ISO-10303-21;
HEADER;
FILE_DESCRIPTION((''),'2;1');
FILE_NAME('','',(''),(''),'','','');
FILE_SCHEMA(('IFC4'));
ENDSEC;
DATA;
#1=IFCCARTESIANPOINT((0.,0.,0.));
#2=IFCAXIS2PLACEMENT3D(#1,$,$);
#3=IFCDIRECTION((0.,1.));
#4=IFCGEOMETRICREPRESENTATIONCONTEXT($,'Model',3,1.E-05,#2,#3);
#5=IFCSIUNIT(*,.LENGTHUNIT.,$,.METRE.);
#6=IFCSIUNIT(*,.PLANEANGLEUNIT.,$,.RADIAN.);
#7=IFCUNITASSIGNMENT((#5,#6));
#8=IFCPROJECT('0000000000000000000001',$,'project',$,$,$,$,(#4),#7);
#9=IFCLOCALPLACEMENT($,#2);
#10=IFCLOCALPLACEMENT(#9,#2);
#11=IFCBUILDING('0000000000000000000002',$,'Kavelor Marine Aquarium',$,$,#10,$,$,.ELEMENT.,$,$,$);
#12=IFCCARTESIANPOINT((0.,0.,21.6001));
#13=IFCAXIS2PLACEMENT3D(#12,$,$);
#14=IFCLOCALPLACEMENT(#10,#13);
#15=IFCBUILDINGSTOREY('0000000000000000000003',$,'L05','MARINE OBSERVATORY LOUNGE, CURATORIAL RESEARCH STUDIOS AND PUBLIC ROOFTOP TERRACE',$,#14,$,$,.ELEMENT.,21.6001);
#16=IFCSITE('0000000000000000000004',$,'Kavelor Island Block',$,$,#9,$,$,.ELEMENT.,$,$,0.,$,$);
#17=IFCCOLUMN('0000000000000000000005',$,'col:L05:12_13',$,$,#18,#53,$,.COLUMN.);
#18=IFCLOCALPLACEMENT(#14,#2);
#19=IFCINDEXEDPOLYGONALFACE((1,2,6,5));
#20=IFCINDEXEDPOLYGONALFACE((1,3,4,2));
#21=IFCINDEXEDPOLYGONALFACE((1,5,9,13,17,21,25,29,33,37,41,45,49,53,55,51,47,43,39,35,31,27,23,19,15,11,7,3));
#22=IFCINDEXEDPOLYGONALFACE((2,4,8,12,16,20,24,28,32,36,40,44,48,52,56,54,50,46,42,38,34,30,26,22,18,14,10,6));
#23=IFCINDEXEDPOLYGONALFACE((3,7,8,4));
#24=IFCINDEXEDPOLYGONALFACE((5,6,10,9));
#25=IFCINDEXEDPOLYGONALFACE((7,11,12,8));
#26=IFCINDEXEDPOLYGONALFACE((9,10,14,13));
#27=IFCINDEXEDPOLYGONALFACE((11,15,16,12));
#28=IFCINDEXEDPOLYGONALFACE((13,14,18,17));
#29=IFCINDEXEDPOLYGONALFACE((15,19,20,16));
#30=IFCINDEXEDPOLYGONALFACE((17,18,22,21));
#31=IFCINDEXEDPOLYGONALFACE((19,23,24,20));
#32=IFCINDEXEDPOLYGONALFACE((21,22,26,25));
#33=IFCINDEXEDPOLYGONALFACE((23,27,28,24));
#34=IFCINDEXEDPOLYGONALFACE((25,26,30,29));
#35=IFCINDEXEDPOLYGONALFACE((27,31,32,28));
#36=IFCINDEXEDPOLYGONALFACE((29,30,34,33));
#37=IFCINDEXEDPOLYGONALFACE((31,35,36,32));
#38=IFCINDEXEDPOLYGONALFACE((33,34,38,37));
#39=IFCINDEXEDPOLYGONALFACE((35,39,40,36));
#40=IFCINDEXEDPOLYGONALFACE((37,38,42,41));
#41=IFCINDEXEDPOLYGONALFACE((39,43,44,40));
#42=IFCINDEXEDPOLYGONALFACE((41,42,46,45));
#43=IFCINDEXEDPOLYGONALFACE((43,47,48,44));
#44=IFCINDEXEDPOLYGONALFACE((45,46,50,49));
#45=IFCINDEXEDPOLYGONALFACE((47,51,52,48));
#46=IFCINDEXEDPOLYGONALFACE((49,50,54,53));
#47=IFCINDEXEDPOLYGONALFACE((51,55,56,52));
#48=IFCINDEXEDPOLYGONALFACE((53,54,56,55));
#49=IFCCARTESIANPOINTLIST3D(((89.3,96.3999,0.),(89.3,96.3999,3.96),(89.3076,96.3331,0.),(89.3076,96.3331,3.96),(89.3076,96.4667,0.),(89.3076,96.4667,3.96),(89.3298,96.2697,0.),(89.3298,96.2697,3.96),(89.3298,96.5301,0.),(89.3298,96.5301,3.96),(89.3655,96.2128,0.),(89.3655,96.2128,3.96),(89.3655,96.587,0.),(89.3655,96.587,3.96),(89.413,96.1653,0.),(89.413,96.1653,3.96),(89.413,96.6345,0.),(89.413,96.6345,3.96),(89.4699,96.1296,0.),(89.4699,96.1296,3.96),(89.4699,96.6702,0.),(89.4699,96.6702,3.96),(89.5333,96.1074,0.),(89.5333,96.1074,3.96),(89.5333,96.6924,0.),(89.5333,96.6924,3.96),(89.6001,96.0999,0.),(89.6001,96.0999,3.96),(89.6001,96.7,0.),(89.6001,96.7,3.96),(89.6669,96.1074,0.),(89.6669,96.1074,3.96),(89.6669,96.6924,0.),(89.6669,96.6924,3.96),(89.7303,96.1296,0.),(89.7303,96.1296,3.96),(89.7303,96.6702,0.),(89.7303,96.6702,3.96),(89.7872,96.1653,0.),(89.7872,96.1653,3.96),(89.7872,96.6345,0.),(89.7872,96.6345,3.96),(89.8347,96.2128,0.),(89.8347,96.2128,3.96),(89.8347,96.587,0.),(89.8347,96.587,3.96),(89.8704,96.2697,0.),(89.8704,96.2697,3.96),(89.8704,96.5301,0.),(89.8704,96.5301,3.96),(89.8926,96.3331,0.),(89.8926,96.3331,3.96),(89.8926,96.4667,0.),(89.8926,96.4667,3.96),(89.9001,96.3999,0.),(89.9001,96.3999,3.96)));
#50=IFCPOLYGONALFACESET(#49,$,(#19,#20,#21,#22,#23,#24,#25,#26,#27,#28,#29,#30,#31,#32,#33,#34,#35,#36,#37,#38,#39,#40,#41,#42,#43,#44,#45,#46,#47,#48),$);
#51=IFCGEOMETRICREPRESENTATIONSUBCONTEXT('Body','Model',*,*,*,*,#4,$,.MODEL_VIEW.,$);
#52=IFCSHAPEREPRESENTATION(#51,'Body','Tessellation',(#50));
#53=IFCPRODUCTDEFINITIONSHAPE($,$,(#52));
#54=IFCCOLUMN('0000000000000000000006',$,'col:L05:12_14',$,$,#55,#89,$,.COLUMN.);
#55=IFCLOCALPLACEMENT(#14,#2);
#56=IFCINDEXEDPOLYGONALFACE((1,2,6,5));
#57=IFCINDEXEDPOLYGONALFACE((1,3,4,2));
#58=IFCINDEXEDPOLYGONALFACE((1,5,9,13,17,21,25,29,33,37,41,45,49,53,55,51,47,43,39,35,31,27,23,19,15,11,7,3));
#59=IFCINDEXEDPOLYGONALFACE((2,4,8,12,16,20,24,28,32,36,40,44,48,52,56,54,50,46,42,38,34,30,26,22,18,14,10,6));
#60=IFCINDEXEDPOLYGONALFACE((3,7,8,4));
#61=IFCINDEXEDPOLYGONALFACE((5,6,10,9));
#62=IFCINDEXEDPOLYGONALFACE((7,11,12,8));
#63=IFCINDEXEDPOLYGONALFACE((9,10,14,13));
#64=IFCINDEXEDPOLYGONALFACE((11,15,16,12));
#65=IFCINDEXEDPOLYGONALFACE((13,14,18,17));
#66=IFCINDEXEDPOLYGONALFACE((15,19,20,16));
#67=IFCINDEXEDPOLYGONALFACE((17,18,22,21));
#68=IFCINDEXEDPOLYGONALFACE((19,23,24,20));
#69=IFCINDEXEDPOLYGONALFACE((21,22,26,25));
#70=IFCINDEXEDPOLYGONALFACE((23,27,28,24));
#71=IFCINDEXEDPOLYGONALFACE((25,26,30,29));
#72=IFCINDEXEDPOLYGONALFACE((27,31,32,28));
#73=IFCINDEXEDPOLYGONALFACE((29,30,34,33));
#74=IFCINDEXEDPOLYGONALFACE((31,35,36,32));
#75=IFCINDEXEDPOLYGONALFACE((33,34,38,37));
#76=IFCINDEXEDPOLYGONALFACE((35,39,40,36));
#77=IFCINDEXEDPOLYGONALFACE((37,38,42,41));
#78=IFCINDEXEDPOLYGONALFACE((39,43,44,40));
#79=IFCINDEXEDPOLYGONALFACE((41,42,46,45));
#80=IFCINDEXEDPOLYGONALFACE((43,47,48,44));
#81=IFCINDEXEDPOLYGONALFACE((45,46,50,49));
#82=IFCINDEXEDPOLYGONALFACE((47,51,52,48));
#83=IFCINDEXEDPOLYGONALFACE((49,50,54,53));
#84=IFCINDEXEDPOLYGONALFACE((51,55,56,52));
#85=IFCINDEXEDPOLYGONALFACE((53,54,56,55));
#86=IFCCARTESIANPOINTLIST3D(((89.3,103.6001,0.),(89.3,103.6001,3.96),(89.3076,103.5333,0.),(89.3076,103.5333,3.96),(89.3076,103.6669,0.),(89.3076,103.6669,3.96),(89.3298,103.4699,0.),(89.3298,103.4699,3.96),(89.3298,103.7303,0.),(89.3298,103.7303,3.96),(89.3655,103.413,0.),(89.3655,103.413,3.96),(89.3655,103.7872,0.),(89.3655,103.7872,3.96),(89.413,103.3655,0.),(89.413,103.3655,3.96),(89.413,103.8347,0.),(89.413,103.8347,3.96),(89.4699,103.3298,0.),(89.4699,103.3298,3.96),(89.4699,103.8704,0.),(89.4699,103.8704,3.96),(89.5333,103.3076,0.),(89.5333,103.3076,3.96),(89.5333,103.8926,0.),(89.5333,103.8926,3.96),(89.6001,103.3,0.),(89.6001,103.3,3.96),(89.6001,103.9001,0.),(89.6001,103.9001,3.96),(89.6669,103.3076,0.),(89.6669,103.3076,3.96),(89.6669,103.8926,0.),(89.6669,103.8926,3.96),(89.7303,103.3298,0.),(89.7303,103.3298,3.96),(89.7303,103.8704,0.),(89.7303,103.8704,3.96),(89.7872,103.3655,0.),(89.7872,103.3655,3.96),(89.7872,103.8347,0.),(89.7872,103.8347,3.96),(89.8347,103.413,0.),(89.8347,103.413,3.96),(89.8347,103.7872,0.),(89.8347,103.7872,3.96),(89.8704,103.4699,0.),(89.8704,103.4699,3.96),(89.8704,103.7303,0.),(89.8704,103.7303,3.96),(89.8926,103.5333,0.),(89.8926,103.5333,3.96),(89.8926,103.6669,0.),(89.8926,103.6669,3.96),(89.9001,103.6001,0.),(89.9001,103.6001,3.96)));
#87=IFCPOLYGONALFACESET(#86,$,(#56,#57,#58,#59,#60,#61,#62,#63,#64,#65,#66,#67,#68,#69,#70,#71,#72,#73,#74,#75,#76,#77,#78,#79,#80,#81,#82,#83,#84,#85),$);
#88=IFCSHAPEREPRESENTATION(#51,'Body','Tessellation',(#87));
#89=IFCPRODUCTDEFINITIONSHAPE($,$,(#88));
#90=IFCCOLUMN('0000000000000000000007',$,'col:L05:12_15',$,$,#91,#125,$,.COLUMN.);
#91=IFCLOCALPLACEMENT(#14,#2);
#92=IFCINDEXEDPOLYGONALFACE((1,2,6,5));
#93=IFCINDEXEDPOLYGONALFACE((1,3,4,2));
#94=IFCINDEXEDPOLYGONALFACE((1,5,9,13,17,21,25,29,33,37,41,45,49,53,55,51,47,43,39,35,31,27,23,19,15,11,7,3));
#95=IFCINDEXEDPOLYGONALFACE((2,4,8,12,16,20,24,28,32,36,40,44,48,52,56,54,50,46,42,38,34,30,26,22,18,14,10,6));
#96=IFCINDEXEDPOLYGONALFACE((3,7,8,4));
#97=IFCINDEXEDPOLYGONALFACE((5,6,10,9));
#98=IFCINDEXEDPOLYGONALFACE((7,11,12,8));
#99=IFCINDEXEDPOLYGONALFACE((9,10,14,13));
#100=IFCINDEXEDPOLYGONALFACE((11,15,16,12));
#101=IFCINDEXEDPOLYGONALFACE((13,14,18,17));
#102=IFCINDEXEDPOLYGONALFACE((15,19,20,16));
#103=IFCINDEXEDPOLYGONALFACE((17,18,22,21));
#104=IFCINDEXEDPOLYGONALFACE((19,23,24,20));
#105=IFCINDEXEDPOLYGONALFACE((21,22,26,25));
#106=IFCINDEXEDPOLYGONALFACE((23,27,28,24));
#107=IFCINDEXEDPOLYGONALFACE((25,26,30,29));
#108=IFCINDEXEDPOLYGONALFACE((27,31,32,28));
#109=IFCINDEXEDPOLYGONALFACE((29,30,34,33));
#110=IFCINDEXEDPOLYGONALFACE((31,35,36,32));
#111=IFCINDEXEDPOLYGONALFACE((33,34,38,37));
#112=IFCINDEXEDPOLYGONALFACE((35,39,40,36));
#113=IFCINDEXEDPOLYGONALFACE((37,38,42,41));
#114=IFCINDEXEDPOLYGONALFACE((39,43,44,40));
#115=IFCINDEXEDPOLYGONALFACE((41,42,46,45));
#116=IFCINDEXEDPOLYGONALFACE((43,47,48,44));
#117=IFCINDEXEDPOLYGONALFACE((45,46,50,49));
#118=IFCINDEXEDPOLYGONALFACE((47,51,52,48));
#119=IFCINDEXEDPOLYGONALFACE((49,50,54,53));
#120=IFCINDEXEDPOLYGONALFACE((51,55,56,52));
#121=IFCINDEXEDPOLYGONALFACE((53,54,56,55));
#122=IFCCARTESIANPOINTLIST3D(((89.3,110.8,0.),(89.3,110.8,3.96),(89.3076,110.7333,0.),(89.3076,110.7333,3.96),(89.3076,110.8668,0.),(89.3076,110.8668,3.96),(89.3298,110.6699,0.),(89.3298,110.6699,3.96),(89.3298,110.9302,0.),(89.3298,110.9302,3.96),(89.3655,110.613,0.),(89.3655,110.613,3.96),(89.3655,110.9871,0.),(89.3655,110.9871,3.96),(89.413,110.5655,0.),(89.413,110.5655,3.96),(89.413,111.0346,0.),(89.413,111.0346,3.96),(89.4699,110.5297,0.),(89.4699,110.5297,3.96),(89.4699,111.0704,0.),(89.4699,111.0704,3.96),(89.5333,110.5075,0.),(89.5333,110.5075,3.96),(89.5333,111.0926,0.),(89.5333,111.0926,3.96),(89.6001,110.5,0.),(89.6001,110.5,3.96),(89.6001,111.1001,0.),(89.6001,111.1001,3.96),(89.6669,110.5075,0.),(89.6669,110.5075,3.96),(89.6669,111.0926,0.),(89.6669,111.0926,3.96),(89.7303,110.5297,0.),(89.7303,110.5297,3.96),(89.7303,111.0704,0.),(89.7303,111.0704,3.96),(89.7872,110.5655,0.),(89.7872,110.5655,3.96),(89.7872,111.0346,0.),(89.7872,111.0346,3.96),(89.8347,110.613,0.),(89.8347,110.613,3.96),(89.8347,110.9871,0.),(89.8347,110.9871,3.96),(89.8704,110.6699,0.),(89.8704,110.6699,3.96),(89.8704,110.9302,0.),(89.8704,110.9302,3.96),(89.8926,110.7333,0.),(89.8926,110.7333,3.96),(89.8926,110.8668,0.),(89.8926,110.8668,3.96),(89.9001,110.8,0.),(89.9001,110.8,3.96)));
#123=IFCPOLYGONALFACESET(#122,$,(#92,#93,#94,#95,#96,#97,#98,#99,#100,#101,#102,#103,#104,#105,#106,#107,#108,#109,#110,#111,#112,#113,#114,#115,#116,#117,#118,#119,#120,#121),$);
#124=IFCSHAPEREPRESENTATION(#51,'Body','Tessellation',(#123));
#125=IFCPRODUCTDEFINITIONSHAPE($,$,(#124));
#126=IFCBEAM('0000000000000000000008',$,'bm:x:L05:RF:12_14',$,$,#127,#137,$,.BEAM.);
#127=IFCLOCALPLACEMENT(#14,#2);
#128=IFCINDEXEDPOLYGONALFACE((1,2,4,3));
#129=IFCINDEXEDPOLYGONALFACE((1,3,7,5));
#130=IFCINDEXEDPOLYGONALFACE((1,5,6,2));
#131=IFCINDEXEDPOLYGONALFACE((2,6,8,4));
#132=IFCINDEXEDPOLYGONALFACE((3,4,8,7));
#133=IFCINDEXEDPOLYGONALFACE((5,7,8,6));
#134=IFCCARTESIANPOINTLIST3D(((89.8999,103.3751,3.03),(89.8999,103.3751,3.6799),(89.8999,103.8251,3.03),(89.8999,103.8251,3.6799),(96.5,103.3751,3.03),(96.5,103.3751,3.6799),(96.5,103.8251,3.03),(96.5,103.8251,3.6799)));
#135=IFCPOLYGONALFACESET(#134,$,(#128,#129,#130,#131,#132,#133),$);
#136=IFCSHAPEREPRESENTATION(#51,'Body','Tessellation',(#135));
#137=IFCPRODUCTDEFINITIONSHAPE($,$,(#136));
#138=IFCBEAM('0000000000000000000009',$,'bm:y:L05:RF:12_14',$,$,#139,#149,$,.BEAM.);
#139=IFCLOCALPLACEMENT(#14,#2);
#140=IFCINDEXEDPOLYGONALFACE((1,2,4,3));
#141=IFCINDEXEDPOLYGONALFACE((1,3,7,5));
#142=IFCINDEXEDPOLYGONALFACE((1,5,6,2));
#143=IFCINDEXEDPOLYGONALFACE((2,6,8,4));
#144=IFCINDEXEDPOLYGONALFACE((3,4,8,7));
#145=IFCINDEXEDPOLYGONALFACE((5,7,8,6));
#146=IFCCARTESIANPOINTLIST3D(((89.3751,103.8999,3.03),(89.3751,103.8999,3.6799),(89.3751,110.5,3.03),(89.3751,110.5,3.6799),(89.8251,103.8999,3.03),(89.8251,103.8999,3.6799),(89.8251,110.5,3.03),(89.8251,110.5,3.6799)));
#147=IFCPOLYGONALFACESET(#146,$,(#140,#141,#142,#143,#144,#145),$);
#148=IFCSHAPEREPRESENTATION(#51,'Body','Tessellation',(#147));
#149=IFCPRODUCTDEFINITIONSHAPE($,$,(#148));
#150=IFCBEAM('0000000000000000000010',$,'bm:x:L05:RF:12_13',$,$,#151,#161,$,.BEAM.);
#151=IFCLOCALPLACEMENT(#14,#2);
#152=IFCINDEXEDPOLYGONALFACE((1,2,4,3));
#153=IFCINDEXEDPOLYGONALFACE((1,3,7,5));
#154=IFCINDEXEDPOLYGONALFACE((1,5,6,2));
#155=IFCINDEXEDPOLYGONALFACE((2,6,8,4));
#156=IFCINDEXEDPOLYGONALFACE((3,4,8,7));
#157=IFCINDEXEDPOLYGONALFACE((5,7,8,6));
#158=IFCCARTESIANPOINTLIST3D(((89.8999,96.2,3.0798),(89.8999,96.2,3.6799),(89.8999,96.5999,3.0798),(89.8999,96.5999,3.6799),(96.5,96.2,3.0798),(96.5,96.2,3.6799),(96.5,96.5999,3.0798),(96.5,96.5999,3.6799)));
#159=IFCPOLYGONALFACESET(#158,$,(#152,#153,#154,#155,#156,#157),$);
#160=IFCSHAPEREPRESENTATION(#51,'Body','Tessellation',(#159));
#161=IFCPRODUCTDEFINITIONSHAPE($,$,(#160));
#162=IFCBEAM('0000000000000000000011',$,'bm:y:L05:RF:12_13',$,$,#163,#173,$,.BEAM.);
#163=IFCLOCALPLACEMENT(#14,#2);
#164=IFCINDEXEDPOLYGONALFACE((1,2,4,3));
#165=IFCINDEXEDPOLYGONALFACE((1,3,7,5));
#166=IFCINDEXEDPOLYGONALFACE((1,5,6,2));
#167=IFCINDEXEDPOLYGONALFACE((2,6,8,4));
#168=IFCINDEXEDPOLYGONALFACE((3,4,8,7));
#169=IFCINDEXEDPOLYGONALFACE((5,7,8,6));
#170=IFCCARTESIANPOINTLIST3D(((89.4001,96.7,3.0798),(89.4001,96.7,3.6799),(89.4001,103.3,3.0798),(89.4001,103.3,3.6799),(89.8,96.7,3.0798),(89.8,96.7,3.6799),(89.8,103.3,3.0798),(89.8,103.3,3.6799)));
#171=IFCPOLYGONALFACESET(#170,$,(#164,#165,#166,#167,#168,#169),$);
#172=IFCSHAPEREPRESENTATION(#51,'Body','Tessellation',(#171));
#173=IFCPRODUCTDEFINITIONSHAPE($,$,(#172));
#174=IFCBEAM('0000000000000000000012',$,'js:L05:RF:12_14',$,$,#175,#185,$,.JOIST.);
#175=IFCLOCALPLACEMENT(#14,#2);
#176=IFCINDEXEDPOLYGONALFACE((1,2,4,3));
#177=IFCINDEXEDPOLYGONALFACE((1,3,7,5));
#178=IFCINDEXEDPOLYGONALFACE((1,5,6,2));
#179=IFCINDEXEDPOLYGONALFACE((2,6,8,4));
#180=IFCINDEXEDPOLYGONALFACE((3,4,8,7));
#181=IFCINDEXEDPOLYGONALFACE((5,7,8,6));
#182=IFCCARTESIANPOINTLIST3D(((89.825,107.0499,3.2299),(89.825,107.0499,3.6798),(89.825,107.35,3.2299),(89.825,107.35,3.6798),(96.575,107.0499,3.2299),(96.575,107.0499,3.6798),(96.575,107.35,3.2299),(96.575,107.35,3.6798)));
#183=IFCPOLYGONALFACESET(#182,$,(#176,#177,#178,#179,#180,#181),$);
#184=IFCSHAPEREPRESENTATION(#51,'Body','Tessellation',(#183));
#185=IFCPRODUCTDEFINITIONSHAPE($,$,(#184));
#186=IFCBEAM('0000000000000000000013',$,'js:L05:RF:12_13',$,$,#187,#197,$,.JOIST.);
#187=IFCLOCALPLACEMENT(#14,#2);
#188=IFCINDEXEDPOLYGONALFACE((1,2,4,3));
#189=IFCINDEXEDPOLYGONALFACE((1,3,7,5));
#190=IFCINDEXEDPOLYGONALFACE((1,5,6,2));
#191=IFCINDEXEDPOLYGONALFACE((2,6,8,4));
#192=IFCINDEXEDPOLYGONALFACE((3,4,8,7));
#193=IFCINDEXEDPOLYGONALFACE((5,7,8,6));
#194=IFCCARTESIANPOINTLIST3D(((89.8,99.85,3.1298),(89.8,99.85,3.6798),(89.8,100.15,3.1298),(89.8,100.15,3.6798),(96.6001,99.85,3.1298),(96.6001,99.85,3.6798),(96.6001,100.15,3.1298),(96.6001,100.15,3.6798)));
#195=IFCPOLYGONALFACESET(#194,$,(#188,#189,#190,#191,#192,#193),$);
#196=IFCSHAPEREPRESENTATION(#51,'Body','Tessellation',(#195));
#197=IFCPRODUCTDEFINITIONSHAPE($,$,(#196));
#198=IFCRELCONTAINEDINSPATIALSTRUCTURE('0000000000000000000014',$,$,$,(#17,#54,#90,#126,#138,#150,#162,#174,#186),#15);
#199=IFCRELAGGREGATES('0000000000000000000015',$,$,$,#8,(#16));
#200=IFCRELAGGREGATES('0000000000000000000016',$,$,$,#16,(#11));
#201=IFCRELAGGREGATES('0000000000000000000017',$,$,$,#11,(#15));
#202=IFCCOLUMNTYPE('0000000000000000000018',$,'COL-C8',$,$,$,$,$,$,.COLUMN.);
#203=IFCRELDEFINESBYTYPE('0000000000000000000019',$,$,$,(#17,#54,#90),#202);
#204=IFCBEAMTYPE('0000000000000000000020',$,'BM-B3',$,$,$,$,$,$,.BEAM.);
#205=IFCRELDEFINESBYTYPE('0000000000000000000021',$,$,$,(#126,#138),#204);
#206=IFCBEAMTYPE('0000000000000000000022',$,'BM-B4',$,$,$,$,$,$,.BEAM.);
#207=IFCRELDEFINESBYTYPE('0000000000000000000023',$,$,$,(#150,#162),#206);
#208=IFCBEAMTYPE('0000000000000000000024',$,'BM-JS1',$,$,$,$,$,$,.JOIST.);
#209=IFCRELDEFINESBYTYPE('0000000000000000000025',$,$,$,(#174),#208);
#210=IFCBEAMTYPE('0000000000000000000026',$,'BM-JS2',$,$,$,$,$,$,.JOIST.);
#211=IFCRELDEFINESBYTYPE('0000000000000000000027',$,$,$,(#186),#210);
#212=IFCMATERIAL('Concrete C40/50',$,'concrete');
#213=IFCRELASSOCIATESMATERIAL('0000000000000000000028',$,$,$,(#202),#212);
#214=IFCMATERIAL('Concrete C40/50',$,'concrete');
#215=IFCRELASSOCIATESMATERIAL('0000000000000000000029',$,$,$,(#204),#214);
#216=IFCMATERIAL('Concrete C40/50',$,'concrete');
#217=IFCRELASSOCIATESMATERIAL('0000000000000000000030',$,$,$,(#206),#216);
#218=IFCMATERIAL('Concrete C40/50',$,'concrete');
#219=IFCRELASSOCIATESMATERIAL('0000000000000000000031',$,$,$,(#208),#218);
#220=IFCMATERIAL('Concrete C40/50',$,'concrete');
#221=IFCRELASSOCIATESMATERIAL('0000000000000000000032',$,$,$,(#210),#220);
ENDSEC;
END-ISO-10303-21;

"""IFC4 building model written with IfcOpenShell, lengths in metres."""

from ifc_helpers import new_model, si_unit, direction, frame, origin, origin_2d, place, context, subcontext, project, spatial, rectangle, circle, extrude, material, material_profile, profile_set, type_object, element, save


model = new_model("IFC4")

# Units and contexts
model_context = context("Model", 3, precision=1e-05, world=origin(), true_north=direction((0.0, 1.0)))
body_context = subcontext(model_context, "Body", "Model", "MODEL_VIEW")
ifc_project = project(units=[si_unit("LENGTHUNIT", "METRE"), si_unit("PLANEANGLEUNIT", "RADIAN")], contexts=[model_context])

# Site, building, storey
site_placement = place(None, origin())
site = spatial("IfcSite", under=ifc_project, at=site_placement, Name="Kavelor Island Block", CompositionType="ELEMENT", RefElevation=0.0)
building_placement = place(site_placement, origin())
building = spatial("IfcBuilding", under=site, at=building_placement, Name="Kavelor Marine Aquarium", CompositionType="ELEMENT")
storey_placement = place(building_placement, frame((0.0, 0.0, 21.6001)))
storey = spatial("IfcBuildingStorey", under=building, at=storey_placement, Name="L05", Description="MARINE OBSERVATORY LOUNGE, CURATORIAL RESEARCH STUDIOS AND PUBLIC ROOFTOP TERRACE", CompositionType="ELEMENT", Elevation=21.6001)

# Columns
ifc_material_1 = material(Name="Concrete C40/50", Category="concrete")
ifc_material_profile_1 = material_profile(ifc_material_1, circle(Radius=0.3, at=origin_2d()), Name="RC-COL D600")
ifc_profile_set_1 = profile_set([ifc_material_profile_1], Name="Concrete C40/50")
column_type = type_object("IfcColumnType", Name="COL-C8", PredefinedType="COLUMN", material=ifc_profile_set_1)
for number, where, z_axis, x_axis, name in (
    (1, (89.6001, 96.3999, 0.0), (0.0, 0.0, 1.0), (1.0, 0.0, 0.0), "col:L05:12_13"),
    (2, (89.6001, 103.6001, 0.0), (0.0, 0.0, 1.0), (1.0, 0.0, 0.0), "col:L05:12_14"),
    (3, (89.6001, 110.8, 0.0), (0.0, 0.0, 1.0), (1.0, 0.0, 0.0), "col:L05:12_15"),
):
    element("IfcColumn", number, at=place(storey_placement, frame(where, z_axis=z_axis, x_axis=x_axis)), inside=storey, type_object=column_type, Name=name, PredefinedType="COLUMN", context=body_context, shape_type="SweptSolid", body=[
        extrude(circle(Radius=0.3, at=origin_2d()), origin(), (0.0, 0.0, 1.0), 3.96),
    ])

# Beams
ifc_material_2 = material(Name="Concrete C40/50", Category="concrete")
ifc_material_profile_2 = material_profile(ifc_material_2, rectangle(XDim=0.45, YDim=0.6499, at=origin_2d()), Name="RC-BM 450x650")
ifc_profile_set_2 = profile_set([ifc_material_profile_2], Name="Concrete C40/50")
beam_type_1 = type_object("IfcBeamType", Name="BM-B3", PredefinedType="BEAM", material=ifc_profile_set_2)
for number, where, z_axis, x_axis, name in (
    (4, (89.8999, 103.6001, 3.355), (1.0, 0.0, 0.0), (0.0, 1.0, 0.0), "bm:x:L05:RF:12_14"),
    (5, (89.6001, 103.8999, 3.355), (0.0, 1.0, 0.0), (-1.0, 0.0, 0.0), "bm:y:L05:RF:12_14"),
):
    element("IfcBeam", number, at=place(storey_placement, frame(where, z_axis=z_axis, x_axis=x_axis)), inside=storey, type_object=beam_type_1, Name=name, PredefinedType="BEAM", context=body_context, shape_type="SweptSolid", body=[
        extrude(rectangle(XDim=0.45, YDim=0.6499, at=origin_2d()), origin(), (0.0, 0.0, 1.0), 6.6001),
    ])
ifc_material_3 = material(Name="Concrete C40/50", Category="concrete")
ifc_material_profile_3 = material_profile(ifc_material_3, rectangle(XDim=0.3999, YDim=0.6001, at=origin_2d()), Name="RC-BM 400x600")
ifc_profile_set_3 = profile_set([ifc_material_profile_3], Name="Concrete C40/50")
beam_type_2 = type_object("IfcBeamType", Name="BM-B4", PredefinedType="BEAM", material=ifc_profile_set_3)
for number, where, z_axis, x_axis, name in (
    (6, (89.8999, 96.3999, 3.3799), (1.0, 0.0, 0.0), (0.0, 1.0, 0.0), "bm:x:L05:RF:12_13"),
    (7, (89.6001, 96.7, 3.3799), (0.0, 1.0, 0.0), (-1.0, 0.0, 0.0), "bm:y:L05:RF:12_13"),
):
    element("IfcBeam", number, at=place(storey_placement, frame(where, z_axis=z_axis, x_axis=x_axis)), inside=storey, type_object=beam_type_2, Name=name, PredefinedType="BEAM", context=body_context, shape_type="SweptSolid", body=[
        extrude(rectangle(XDim=0.3999, YDim=0.6001, at=origin_2d()), origin(), (0.0, 0.0, 1.0), 6.6001),
    ])
ifc_material_4 = material(Name="Concrete C40/50", Category="concrete")
ifc_material_profile_4 = material_profile(ifc_material_4, rectangle(XDim=0.3, YDim=0.45, at=origin_2d()), Name="RC-JS 300x450")
ifc_profile_set_4 = profile_set([ifc_material_profile_4], Name="Concrete C40/50")
beam_type_3 = type_object("IfcBeamType", Name="BM-JS1", PredefinedType="JOIST", material=ifc_profile_set_4)
beam_1_placement = place(storey_placement, frame((89.825, 107.2, 3.4548), z_axis=(1.0, 0.0, 0.0), x_axis=(0.0, 1.0, 0.0)))
element("IfcBeam", 8, at=beam_1_placement, inside=storey, type_object=beam_type_3, Name="js:L05:RF:12_14", PredefinedType="JOIST", context=body_context, shape_type="SweptSolid", body=[
    extrude(rectangle(XDim=0.3, YDim=0.45, at=origin_2d()), origin(), (0.0, 0.0, 1.0), 6.75),
])
ifc_material_5 = material(Name="Concrete C40/50", Category="concrete")
ifc_material_profile_5 = material_profile(ifc_material_5, rectangle(XDim=0.3, YDim=0.55, at=origin_2d()), Name="RC-JS 300x550")
ifc_profile_set_5 = profile_set([ifc_material_profile_5], Name="Concrete C40/50")
beam_type_4 = type_object("IfcBeamType", Name="BM-JS2", PredefinedType="JOIST", material=ifc_profile_set_5)
beam_2_placement = place(storey_placement, frame((89.8, 100.0, 3.4048), z_axis=(1.0, 0.0, 0.0), x_axis=(0.0, 1.0, 0.0)))
element("IfcBeam", 9, at=beam_2_placement, inside=storey, type_object=beam_type_4, Name="js:L05:RF:12_13", PredefinedType="JOIST", context=body_context, shape_type="SweptSolid", body=[
    extrude(rectangle(XDim=0.3, YDim=0.55, at=origin_2d()), origin(), (0.0, 0.0, 1.0), 6.8),
])

save(model, "model.ifc")
